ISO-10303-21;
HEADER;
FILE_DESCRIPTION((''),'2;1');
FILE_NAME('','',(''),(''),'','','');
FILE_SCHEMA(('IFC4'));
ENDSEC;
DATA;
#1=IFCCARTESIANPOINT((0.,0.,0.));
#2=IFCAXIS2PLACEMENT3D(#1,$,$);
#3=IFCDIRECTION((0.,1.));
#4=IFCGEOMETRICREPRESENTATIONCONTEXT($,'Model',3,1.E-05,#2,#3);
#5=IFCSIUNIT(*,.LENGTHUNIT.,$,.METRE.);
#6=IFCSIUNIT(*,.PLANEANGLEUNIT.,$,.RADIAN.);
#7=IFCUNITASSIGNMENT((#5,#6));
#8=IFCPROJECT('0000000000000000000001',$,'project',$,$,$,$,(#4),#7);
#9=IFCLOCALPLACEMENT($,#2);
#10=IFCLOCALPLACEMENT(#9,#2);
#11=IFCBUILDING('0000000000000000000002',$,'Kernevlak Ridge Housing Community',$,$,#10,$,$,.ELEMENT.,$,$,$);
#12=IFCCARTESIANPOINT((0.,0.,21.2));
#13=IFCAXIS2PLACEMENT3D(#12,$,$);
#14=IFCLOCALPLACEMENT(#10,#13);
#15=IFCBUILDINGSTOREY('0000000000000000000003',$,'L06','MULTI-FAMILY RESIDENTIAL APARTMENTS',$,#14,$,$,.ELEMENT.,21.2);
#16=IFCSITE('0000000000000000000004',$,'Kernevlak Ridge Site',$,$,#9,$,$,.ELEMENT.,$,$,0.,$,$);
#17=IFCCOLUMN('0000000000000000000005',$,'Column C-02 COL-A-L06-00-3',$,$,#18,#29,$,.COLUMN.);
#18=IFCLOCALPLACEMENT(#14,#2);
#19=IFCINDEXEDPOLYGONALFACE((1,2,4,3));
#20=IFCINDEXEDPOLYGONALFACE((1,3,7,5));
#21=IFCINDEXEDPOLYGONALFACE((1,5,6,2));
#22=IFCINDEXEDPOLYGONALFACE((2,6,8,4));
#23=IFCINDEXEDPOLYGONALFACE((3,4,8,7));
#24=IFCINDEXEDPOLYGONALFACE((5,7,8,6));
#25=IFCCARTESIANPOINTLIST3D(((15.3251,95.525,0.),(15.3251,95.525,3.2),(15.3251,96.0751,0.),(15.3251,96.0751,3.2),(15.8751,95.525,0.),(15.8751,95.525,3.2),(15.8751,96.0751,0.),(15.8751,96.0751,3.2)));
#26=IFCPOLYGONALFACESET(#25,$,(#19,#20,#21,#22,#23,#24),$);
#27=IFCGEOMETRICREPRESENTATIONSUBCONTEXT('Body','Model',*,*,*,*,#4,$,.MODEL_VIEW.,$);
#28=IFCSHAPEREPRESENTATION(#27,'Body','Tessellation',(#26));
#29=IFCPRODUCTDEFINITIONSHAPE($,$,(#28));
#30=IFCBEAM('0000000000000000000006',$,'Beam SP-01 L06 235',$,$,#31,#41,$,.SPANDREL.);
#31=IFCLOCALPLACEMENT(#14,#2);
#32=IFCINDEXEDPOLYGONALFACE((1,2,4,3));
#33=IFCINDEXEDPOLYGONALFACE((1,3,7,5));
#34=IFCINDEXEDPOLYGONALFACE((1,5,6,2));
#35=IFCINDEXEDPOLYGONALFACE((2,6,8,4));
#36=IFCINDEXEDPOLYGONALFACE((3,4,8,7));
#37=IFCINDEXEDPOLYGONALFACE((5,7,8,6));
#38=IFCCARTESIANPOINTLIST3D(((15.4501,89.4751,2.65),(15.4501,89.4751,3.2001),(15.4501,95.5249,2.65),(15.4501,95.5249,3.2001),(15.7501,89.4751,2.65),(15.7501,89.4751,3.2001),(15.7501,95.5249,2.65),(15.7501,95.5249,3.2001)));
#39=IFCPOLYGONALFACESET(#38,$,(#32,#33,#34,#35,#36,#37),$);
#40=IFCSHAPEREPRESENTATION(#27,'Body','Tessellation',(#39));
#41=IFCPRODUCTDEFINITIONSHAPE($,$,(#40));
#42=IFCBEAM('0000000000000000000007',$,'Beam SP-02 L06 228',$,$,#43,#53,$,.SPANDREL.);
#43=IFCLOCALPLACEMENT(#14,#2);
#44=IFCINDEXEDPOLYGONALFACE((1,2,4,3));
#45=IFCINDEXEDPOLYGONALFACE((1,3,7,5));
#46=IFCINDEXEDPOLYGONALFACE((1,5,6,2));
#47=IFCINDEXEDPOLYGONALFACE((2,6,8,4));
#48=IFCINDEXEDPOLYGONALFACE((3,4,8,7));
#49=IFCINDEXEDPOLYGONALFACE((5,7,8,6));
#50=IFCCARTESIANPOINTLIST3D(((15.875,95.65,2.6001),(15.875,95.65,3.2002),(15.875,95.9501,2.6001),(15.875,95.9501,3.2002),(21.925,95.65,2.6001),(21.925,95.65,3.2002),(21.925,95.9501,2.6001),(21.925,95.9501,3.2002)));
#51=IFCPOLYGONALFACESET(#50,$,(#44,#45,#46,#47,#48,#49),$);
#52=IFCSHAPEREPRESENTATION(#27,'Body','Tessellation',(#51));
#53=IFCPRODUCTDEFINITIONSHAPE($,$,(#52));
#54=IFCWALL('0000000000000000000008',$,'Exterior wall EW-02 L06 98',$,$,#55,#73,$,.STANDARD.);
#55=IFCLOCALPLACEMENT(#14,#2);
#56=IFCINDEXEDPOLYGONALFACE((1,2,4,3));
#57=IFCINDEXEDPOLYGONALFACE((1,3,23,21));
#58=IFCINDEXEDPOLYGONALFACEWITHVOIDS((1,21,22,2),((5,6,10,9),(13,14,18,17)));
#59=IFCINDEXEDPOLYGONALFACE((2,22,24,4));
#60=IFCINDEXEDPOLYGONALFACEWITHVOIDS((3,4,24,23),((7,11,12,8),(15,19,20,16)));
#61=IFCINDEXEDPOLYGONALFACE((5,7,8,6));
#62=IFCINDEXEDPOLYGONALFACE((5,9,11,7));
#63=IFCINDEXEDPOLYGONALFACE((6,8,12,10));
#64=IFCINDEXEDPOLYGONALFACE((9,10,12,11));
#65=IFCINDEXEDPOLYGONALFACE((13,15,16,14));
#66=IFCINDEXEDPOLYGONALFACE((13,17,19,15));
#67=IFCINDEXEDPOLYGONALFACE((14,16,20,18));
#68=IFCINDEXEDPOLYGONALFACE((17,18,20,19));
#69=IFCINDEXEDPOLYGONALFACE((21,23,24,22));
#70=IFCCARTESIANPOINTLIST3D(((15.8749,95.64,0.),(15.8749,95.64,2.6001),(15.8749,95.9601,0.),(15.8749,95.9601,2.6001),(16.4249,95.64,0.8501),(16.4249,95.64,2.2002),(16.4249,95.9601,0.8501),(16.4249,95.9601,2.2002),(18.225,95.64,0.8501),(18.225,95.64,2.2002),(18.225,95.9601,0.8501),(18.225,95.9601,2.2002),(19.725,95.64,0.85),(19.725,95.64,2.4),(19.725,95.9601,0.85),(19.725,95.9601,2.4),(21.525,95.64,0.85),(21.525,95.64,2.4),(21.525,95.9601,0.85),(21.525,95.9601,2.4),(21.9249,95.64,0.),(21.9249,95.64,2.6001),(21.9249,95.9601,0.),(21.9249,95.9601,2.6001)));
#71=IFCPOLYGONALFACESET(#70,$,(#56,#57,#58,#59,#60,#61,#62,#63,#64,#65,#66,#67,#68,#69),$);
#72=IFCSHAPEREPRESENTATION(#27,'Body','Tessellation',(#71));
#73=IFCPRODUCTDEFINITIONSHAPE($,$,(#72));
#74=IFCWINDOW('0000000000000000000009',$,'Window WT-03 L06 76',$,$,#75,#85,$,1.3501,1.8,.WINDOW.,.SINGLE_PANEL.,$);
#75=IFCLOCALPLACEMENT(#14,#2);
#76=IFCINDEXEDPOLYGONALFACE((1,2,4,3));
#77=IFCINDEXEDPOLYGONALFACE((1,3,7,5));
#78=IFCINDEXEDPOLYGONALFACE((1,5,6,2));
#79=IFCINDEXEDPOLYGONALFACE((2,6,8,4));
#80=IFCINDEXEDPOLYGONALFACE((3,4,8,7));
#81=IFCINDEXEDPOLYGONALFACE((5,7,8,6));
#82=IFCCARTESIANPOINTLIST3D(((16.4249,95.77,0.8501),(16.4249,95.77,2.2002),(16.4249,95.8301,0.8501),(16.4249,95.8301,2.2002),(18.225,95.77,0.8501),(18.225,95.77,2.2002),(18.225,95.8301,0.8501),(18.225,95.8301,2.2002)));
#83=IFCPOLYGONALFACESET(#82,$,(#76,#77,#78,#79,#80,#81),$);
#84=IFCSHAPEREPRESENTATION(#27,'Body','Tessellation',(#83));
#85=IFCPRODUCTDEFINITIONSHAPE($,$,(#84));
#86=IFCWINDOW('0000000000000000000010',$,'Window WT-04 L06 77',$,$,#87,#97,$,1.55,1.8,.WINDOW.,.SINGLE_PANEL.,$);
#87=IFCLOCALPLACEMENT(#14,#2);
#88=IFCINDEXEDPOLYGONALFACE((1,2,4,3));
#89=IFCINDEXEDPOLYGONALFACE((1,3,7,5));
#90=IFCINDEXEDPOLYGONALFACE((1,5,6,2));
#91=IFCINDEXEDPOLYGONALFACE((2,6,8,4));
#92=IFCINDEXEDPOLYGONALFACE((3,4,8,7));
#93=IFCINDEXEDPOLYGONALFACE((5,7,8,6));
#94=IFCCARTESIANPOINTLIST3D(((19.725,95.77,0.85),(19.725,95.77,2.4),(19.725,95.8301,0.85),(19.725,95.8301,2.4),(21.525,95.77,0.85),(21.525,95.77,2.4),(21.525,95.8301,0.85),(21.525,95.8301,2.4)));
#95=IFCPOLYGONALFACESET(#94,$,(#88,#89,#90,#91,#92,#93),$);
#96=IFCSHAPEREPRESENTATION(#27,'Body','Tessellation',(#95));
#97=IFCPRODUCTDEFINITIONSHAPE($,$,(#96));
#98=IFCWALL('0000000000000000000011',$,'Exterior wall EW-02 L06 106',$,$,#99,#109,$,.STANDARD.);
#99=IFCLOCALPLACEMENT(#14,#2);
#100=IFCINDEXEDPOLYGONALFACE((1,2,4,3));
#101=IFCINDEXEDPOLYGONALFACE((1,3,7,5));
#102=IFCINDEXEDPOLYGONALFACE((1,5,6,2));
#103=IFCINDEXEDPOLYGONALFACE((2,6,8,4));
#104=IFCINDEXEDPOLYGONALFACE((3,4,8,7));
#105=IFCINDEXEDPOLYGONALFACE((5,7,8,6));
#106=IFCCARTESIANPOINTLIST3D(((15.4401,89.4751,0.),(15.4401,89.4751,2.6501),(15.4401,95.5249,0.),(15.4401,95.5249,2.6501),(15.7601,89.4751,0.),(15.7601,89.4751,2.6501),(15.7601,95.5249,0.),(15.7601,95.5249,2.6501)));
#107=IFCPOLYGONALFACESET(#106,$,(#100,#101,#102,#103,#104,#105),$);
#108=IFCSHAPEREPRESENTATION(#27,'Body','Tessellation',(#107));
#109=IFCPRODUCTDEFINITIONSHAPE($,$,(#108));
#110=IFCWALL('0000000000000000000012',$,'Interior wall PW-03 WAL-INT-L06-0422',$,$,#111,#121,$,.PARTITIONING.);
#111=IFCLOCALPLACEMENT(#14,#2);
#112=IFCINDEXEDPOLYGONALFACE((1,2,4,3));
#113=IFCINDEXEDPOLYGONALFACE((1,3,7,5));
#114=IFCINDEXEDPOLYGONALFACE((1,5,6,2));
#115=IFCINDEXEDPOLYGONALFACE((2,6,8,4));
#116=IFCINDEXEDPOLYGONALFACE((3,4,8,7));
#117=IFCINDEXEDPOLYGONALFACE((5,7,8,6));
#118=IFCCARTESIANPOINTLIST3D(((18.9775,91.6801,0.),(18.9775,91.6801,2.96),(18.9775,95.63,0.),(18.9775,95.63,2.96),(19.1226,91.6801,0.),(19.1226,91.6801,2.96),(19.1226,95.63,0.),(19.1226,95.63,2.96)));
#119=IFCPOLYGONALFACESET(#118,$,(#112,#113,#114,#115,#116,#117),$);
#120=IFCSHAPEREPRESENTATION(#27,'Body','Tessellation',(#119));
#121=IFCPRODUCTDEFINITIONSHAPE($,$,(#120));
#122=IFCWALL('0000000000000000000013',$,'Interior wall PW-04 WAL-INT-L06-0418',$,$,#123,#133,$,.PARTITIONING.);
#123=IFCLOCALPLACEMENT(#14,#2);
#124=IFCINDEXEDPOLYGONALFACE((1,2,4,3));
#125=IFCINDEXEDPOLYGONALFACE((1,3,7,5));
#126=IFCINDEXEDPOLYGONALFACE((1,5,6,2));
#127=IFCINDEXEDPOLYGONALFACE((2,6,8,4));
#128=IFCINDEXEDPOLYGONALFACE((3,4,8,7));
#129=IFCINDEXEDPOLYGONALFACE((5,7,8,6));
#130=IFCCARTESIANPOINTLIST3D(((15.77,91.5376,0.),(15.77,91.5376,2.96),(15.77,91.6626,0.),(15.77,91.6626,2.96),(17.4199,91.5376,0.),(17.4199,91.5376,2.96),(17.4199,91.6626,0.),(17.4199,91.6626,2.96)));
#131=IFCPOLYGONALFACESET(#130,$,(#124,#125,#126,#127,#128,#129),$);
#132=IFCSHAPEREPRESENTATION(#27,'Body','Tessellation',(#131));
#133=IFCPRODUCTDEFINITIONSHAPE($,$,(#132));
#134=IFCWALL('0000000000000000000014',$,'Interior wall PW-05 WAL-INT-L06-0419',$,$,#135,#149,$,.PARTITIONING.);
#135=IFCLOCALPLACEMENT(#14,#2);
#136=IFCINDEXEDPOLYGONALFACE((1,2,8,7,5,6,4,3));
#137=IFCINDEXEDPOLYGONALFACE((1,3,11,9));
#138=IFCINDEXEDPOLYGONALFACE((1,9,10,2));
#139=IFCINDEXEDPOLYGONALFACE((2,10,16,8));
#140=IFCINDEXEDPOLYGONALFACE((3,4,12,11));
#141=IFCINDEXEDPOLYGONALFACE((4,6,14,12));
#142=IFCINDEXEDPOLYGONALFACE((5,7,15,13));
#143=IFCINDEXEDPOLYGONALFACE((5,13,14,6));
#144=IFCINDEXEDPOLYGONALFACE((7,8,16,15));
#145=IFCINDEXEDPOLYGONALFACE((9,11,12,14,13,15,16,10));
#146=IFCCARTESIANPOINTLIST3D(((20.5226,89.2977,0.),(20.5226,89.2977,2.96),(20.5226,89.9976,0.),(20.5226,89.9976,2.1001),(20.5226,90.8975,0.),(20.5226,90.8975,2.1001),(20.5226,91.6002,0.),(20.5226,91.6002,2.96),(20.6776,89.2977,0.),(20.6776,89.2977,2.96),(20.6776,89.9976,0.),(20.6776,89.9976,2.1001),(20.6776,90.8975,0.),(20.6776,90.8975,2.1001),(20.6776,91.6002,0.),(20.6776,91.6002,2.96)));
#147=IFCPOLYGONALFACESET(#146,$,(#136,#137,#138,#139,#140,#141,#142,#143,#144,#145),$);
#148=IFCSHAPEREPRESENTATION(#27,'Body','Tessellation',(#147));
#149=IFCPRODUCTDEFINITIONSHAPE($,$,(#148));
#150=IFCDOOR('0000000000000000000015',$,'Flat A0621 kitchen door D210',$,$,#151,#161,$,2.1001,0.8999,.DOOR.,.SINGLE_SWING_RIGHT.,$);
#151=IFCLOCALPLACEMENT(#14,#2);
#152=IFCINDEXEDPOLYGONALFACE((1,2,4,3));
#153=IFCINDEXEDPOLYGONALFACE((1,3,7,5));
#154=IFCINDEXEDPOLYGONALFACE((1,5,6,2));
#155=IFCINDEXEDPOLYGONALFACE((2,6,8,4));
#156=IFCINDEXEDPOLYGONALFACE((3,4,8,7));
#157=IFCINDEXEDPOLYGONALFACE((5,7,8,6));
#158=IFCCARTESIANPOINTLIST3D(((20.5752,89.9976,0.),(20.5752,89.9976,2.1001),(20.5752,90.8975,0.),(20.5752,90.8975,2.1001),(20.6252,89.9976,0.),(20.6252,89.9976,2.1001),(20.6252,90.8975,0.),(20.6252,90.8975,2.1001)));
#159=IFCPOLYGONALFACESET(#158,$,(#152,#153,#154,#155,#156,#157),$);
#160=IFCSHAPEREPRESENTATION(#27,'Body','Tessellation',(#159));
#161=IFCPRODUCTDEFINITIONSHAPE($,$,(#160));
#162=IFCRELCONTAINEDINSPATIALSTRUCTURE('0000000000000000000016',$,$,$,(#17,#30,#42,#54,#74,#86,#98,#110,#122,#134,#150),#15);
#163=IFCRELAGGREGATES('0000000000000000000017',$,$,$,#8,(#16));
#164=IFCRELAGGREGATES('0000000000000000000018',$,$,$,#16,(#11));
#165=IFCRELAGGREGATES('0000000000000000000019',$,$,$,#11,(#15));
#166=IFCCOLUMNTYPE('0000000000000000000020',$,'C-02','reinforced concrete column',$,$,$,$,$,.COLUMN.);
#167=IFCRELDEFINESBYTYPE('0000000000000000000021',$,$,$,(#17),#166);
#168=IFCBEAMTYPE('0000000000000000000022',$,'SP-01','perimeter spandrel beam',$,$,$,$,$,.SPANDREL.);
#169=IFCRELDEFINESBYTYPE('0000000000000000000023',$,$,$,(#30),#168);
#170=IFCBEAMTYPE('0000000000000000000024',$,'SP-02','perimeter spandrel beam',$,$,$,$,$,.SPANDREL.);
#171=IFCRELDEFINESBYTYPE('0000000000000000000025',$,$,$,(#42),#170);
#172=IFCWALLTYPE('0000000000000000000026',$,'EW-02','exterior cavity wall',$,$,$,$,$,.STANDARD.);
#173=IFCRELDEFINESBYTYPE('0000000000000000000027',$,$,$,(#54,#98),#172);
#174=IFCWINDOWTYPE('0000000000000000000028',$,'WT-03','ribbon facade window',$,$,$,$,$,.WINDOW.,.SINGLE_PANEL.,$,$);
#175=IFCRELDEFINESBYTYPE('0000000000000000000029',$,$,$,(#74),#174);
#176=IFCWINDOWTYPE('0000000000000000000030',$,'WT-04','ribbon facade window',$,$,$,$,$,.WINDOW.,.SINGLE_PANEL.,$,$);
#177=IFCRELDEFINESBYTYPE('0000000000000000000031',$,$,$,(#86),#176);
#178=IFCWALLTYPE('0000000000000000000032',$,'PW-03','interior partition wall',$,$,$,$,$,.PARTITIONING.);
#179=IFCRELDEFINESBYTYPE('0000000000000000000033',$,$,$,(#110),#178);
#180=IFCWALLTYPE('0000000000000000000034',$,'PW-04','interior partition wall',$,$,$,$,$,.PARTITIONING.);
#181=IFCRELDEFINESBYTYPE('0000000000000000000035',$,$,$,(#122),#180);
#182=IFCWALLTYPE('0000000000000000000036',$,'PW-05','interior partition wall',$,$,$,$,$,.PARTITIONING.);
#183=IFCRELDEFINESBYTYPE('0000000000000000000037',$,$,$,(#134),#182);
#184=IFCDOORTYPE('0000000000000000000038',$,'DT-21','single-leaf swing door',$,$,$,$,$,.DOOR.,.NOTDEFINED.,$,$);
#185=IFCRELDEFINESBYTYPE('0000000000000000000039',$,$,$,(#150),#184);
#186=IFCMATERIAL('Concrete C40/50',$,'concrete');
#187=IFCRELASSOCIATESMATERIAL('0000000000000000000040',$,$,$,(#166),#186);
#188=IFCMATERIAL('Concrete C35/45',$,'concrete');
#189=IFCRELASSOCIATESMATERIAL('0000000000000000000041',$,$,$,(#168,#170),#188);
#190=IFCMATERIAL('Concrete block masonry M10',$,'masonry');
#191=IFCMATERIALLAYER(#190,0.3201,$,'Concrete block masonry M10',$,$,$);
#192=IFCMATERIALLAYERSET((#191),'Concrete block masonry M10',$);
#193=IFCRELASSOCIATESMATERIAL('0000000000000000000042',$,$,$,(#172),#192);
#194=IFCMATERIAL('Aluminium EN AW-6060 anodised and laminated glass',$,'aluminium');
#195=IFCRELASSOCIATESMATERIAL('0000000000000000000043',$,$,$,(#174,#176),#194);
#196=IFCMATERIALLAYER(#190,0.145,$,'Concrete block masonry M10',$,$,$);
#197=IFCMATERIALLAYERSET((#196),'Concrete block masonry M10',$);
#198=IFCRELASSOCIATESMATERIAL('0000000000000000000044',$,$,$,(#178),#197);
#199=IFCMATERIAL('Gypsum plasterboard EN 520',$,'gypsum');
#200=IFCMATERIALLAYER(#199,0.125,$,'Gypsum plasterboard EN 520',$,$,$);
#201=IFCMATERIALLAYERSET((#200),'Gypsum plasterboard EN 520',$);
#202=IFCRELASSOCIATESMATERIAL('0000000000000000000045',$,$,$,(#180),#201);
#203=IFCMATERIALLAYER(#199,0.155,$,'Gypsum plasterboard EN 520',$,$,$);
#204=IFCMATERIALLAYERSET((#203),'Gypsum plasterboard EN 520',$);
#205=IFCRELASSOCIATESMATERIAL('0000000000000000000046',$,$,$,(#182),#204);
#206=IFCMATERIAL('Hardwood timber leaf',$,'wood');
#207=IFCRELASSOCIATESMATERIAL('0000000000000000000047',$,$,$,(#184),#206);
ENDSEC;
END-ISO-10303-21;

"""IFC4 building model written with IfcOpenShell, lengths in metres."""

from ifc_helpers import new_model, si_unit, direction, frame, frame_2d, origin, origin_2d, place, context, subcontext, project, spatial, rectangle, extrude, material, layer, layer_set, material_profile, profile_set, type_object, element, fill, save


model = new_model("IFC4")

# Units and contexts
model_context = context("Model", 3, precision=1e-05, world=origin(), true_north=direction((0.0, 1.0)))
body_context = subcontext(model_context, "Body", "Model", "MODEL_VIEW")
ifc_project = project(units=[si_unit("LENGTHUNIT", "METRE"), si_unit("PLANEANGLEUNIT", "RADIAN")], contexts=[model_context])

# Site, building, storey
site_placement = place(None, origin())
site = spatial("IfcSite", under=ifc_project, at=site_placement, Name="Kernevlak Ridge Site", CompositionType="ELEMENT", RefElevation=0.0)
building_placement = place(site_placement, origin())
building = spatial("IfcBuilding", under=site, at=building_placement, Name="Kernevlak Ridge Housing Community", CompositionType="ELEMENT")
storey_placement = place(building_placement, frame((0.0, 0.0, 21.2)))
storey = spatial("IfcBuildingStorey", under=building, at=storey_placement, Name="L06", Description="MULTI-FAMILY RESIDENTIAL APARTMENTS", CompositionType="ELEMENT", Elevation=21.2)

# Column
ifc_material_1 = material(Name="Concrete C40/50", Category="concrete")
ifc_material_profile_1 = material_profile(ifc_material_1, rectangle(XDim=0.55, YDim=0.55, at=origin_2d()), Name="RC 550x550")
ifc_profile_set_1 = profile_set([ifc_material_profile_1], Name="Concrete C40/50")
column_type = type_object("IfcColumnType", Name="C-02", Description="reinforced concrete column", PredefinedType="COLUMN", material=ifc_profile_set_1)
column_placement = place(storey_placement, frame((15.6001, 95.8, 0.0), z_axis=(0.0, 0.0, 1.0), x_axis=(1.0, 0.0, 0.0)))
element("IfcColumn", 1, at=column_placement, inside=storey, type_object=column_type, Name="Column C-02 COL-A-L06-00-3", PredefinedType="COLUMN", context=body_context, shape_type="SweptSolid", body=[
    extrude(rectangle(XDim=0.55, YDim=0.55, at=origin_2d()), origin(), (0.0, 0.0, 1.0), 3.2),
])

# Beams
ifc_material_2 = material(Name="Concrete C35/45", Category="concrete")
ifc_material_profile_2 = material_profile(ifc_material_2, rectangle(XDim=0.3, YDim=0.55, at=origin_2d()), Name="RC 300x550")
ifc_profile_set_2 = profile_set([ifc_material_profile_2], Name="Concrete C35/45")
beam_type_1 = type_object("IfcBeamType", Name="SP-01", Description="perimeter spandrel beam", PredefinedType="SPANDREL", material=ifc_profile_set_2)
beam_1_placement = place(storey_placement, frame((15.6001, 89.4751, 2.925), z_axis=(0.0, 1.0, 0.0), x_axis=(-1.0, 0.0, 0.0)))
element("IfcBeam", 2, at=beam_1_placement, inside=storey, type_object=beam_type_1, Name="Beam SP-01 L06 235", PredefinedType="SPANDREL", context=body_context, shape_type="SweptSolid", body=[
    extrude(rectangle(XDim=0.3, YDim=0.55, at=origin_2d()), origin(), (0.0, 0.0, 1.0), 6.0498),
])
ifc_material_profile_3 = material_profile(ifc_material_2, rectangle(XDim=0.3, YDim=0.6001, at=origin_2d()), Name="RC 300x600")
ifc_profile_set_3 = profile_set([ifc_material_profile_3], Name="Concrete C35/45")
beam_type_2 = type_object("IfcBeamType", Name="SP-02", Description="perimeter spandrel beam", PredefinedType="SPANDREL", material=ifc_profile_set_3)
beam_2_placement = place(storey_placement, frame((15.875, 95.8, 2.9001), z_axis=(1.0, 0.0, 0.0), x_axis=(0.0, 1.0, 0.0)))
element("IfcBeam", 3, at=beam_2_placement, inside=storey, type_object=beam_type_2, Name="Beam SP-02 L06 228", PredefinedType="SPANDREL", context=body_context, shape_type="SweptSolid", body=[
    extrude(rectangle(XDim=0.3, YDim=0.6001, at=origin_2d()), origin(), (0.0, 0.0, 1.0), 6.05),
])

# Wall, openings, windows
ifc_material_3 = material(Name="Concrete block masonry M10", Category="masonry")
ifc_layer_1 = layer(ifc_material_3, 0.3201, Name="Concrete block masonry M10")
ifc_layer_set_1 = layer_set([ifc_layer_1], Name="Concrete block masonry M10")
wall_type_1 = type_object("IfcWallType", Name="EW-02", Description="exterior cavity wall", PredefinedType="STANDARD", material=ifc_layer_set_1)
wall_1_placement = place(storey_placement, frame((15.875, 95.8, 0.0), z_axis=(0.0, 0.0, 1.0), x_axis=(1.0, 0.0, 0.0)))
wall_1 = element("IfcWall", 4, at=wall_1_placement, inside=storey, type_object=wall_type_1, Name="Exterior wall EW-02 L06 98", PredefinedType="STANDARD", context=body_context, shape_type="SweptSolid", body=[
    extrude(rectangle(XDim=6.05, YDim=0.3201, at=frame_2d((3.0249, 0.0))), origin(), (0.0, 0.0, 1.0), 2.6001),
])
opening_1_placement = place(wall_1_placement, frame((0.55, 0.0, 0.8501)))
opening_1 = element("IfcOpeningElement", 5, at=opening_1_placement, cuts=wall_1, PredefinedType="OPENING", context=body_context, shape_type="SweptSolid", body=[
    extrude(rectangle(XDim=1.8, YDim=1.3501, at=frame_2d((0.8999, 0.675))), frame((0.0, 0.1699, 0.0), z_axis=(0.0, -1.0, 0.0), x_axis=(1.0, 0.0, 0.0)), (0.0, 0.0, 1.0), 0.3401),
])
opening_2_placement = place(wall_1_placement, frame((3.8501, 0.0, 0.8501)))
opening_2 = element("IfcOpeningElement", 6, at=opening_2_placement, cuts=wall_1, PredefinedType="OPENING", context=body_context, shape_type="SweptSolid", body=[
    extrude(rectangle(XDim=1.8, YDim=1.55, at=frame_2d((0.8999, 0.7749))), frame((0.0, 0.1699, 0.0), z_axis=(0.0, -1.0, 0.0), x_axis=(1.0, 0.0, 0.0)), (0.0, 0.0, 1.0), 0.3401),
])
ifc_material_4 = material(Name="Aluminium EN AW-6060 anodised and laminated glass", Category="aluminium")
window_type_1 = type_object("IfcWindowType", Name="WT-03", Description="ribbon facade window", PartitioningType="SINGLE_PANEL", PredefinedType="WINDOW", material=ifc_material_4)
window_1_placement = place(opening_1_placement, origin())
window_1 = element("IfcWindow", 7, at=window_1_placement, inside=storey, type_object=window_type_1, Name="Window WT-03 L06 76", OverallHeight=1.3501, OverallWidth=1.8, PartitioningType="SINGLE_PANEL", PredefinedType="WINDOW", context=body_context, shape_type="SweptSolid", body=[
    extrude(rectangle(XDim=1.8, YDim=1.3501, at=frame_2d((0.8999, 0.675))), frame((0.0, 0.03, 0.0), z_axis=(0.0, -1.0, 0.0), x_axis=(1.0, 0.0, 0.0)), (0.0, 0.0, 1.0), 0.0601),
])
fill(opening_1, window_1)
window_type_2 = type_object("IfcWindowType", Name="WT-04", Description="ribbon facade window", PartitioningType="SINGLE_PANEL", PredefinedType="WINDOW", material=ifc_material_4)
window_2_placement = place(opening_2_placement, origin())
window_2 = element("IfcWindow", 8, at=window_2_placement, inside=storey, type_object=window_type_2, Name="Window WT-04 L06 77", OverallHeight=1.55, OverallWidth=1.8, PartitioningType="SINGLE_PANEL", PredefinedType="WINDOW", context=body_context, shape_type="SweptSolid", body=[
    extrude(rectangle(XDim=1.8, YDim=1.55, at=frame_2d((0.8999, 0.7749))), frame((0.0, 0.03, 0.0), z_axis=(0.0, -1.0, 0.0), x_axis=(1.0, 0.0, 0.0)), (0.0, 0.0, 1.0), 0.0601),
])
fill(opening_2, window_2)

# Walls
wall_2_placement = place(storey_placement, frame((15.6001, 89.4751, 0.0), z_axis=(0.0, 0.0, 1.0), x_axis=(0.0, 1.0, 0.0)))
element("IfcWall", 9, at=wall_2_placement, inside=storey, type_object=wall_type_1, Name="Exterior wall EW-02 L06 106", PredefinedType="STANDARD", context=body_context, shape_type="SweptSolid", body=[
    extrude(rectangle(XDim=6.0498, YDim=0.3201, at=frame_2d((3.0249, 0.0))), origin(), (0.0, 0.0, 1.0), 2.6501),
])
ifc_layer_2 = layer(ifc_material_3, 0.145, Name="Concrete block masonry M10")
ifc_layer_set_2 = layer_set([ifc_layer_2], Name="Concrete block masonry M10")
wall_type_2 = type_object("IfcWallType", Name="PW-03", Description="interior partition wall", PredefinedType="PARTITIONING", material=ifc_layer_set_2)
wall_3_placement = place(storey_placement, frame((19.05, 91.6799, 0.0), z_axis=(0.0, 0.0, 1.0), x_axis=(0.0, 1.0, 0.0)))
element("IfcWall", 10, at=wall_3_placement, inside=storey, type_object=wall_type_2, Name="Interior wall PW-03 WAL-INT-L06-0422", PredefinedType="PARTITIONING", context=body_context, shape_type="SweptSolid", body=[
    extrude(rectangle(XDim=3.95, YDim=0.145, at=frame_2d((1.9751, 0.0))), origin(), (0.0, 0.0, 1.0), 2.96),
])
ifc_material_5 = material(Name="Gypsum plasterboard EN 520", Category="gypsum")
ifc_layer_3 = layer(ifc_material_5, 0.125, Name="Gypsum plasterboard EN 520")
ifc_layer_set_3 = layer_set([ifc_layer_3], Name="Gypsum plasterboard EN 520")
wall_type_3 = type_object("IfcWallType", Name="PW-04", Description="interior partition wall", PredefinedType="PARTITIONING", material=ifc_layer_set_3)
wall_4_placement = place(storey_placement, frame((15.77, 91.6001, 0.0), z_axis=(0.0, 0.0, 1.0), x_axis=(1.0, 0.0, 0.0)))
element("IfcWall", 11, at=wall_4_placement, inside=storey, type_object=wall_type_3, Name="Interior wall PW-04 WAL-INT-L06-0418", PredefinedType="PARTITIONING", context=body_context, shape_type="SweptSolid", body=[
    extrude(rectangle(XDim=1.6499, YDim=0.125, at=frame_2d((0.825, 0.0))), origin(), (0.0, 0.0, 1.0), 2.96),
])

# Wall, opening, door
ifc_layer_4 = layer(ifc_material_5, 0.155, Name="Gypsum plasterboard EN 520")
ifc_layer_set_4 = layer_set([ifc_layer_4], Name="Gypsum plasterboard EN 520")
wall_type_4 = type_object("IfcWallType", Name="PW-05", Description="interior partition wall", PredefinedType="PARTITIONING", material=ifc_layer_set_4)
wall_5_placement = place(storey_placement, frame((20.6001, 89.2976, 0.0), z_axis=(0.0, 0.0, 1.0), x_axis=(0.0, 1.0, 0.0)))
wall_5 = element("IfcWall", 12, at=wall_5_placement, inside=storey, type_object=wall_type_4, Name="Interior wall PW-05 WAL-INT-L06-0419", PredefinedType="PARTITIONING", context=body_context, shape_type="SweptSolid", body=[
    extrude(rectangle(XDim=2.3025, YDim=0.155, at=frame_2d((1.1514, 0.0))), origin(), (0.0, 0.0, 1.0), 2.96),
])
opening_3_placement = place(wall_5_placement, frame((0.7, 0.0, 0.0)))
opening_3 = element("IfcOpeningElement", 13, at=opening_3_placement, cuts=wall_5, PredefinedType="OPENING", context=body_context, shape_type="SweptSolid", body=[
    extrude(rectangle(XDim=0.8999, YDim=2.1001, at=frame_2d((0.45, 1.05))), frame((0.0, 0.0874, 0.0), z_axis=(0.0, -1.0, 0.0), x_axis=(1.0, 0.0, 0.0)), (0.0, 0.0, 1.0), 0.175),
])
ifc_material_6 = material(Name="Hardwood timber leaf", Category="wood")
door_type_1 = type_object("IfcDoorType", Name="DT-21", Description="single-leaf swing door", OperationType="NOTDEFINED", PredefinedType="DOOR", material=ifc_material_6)
door_1_placement = place(opening_3_placement, origin())
door_1 = element("IfcDoor", 14, at=door_1_placement, inside=storey, type_object=door_type_1, Name="Flat A0621 kitchen door D210", OperationType="SINGLE_SWING_RIGHT", OverallHeight=2.1001, OverallWidth=0.8999, PredefinedType="DOOR", context=body_context, shape_type="SweptSolid", body=[
    extrude(rectangle(XDim=0.8999, YDim=2.1001, at=frame_2d((0.45, 1.05))), frame((0.0, 0.0249, 0.0), z_axis=(0.0, -1.0, 0.0), x_axis=(1.0, 0.0, 0.0)), (0.0, 0.0, 1.0), 0.05),
])
fill(opening_3, door_1)

save(model, "model.ifc")
